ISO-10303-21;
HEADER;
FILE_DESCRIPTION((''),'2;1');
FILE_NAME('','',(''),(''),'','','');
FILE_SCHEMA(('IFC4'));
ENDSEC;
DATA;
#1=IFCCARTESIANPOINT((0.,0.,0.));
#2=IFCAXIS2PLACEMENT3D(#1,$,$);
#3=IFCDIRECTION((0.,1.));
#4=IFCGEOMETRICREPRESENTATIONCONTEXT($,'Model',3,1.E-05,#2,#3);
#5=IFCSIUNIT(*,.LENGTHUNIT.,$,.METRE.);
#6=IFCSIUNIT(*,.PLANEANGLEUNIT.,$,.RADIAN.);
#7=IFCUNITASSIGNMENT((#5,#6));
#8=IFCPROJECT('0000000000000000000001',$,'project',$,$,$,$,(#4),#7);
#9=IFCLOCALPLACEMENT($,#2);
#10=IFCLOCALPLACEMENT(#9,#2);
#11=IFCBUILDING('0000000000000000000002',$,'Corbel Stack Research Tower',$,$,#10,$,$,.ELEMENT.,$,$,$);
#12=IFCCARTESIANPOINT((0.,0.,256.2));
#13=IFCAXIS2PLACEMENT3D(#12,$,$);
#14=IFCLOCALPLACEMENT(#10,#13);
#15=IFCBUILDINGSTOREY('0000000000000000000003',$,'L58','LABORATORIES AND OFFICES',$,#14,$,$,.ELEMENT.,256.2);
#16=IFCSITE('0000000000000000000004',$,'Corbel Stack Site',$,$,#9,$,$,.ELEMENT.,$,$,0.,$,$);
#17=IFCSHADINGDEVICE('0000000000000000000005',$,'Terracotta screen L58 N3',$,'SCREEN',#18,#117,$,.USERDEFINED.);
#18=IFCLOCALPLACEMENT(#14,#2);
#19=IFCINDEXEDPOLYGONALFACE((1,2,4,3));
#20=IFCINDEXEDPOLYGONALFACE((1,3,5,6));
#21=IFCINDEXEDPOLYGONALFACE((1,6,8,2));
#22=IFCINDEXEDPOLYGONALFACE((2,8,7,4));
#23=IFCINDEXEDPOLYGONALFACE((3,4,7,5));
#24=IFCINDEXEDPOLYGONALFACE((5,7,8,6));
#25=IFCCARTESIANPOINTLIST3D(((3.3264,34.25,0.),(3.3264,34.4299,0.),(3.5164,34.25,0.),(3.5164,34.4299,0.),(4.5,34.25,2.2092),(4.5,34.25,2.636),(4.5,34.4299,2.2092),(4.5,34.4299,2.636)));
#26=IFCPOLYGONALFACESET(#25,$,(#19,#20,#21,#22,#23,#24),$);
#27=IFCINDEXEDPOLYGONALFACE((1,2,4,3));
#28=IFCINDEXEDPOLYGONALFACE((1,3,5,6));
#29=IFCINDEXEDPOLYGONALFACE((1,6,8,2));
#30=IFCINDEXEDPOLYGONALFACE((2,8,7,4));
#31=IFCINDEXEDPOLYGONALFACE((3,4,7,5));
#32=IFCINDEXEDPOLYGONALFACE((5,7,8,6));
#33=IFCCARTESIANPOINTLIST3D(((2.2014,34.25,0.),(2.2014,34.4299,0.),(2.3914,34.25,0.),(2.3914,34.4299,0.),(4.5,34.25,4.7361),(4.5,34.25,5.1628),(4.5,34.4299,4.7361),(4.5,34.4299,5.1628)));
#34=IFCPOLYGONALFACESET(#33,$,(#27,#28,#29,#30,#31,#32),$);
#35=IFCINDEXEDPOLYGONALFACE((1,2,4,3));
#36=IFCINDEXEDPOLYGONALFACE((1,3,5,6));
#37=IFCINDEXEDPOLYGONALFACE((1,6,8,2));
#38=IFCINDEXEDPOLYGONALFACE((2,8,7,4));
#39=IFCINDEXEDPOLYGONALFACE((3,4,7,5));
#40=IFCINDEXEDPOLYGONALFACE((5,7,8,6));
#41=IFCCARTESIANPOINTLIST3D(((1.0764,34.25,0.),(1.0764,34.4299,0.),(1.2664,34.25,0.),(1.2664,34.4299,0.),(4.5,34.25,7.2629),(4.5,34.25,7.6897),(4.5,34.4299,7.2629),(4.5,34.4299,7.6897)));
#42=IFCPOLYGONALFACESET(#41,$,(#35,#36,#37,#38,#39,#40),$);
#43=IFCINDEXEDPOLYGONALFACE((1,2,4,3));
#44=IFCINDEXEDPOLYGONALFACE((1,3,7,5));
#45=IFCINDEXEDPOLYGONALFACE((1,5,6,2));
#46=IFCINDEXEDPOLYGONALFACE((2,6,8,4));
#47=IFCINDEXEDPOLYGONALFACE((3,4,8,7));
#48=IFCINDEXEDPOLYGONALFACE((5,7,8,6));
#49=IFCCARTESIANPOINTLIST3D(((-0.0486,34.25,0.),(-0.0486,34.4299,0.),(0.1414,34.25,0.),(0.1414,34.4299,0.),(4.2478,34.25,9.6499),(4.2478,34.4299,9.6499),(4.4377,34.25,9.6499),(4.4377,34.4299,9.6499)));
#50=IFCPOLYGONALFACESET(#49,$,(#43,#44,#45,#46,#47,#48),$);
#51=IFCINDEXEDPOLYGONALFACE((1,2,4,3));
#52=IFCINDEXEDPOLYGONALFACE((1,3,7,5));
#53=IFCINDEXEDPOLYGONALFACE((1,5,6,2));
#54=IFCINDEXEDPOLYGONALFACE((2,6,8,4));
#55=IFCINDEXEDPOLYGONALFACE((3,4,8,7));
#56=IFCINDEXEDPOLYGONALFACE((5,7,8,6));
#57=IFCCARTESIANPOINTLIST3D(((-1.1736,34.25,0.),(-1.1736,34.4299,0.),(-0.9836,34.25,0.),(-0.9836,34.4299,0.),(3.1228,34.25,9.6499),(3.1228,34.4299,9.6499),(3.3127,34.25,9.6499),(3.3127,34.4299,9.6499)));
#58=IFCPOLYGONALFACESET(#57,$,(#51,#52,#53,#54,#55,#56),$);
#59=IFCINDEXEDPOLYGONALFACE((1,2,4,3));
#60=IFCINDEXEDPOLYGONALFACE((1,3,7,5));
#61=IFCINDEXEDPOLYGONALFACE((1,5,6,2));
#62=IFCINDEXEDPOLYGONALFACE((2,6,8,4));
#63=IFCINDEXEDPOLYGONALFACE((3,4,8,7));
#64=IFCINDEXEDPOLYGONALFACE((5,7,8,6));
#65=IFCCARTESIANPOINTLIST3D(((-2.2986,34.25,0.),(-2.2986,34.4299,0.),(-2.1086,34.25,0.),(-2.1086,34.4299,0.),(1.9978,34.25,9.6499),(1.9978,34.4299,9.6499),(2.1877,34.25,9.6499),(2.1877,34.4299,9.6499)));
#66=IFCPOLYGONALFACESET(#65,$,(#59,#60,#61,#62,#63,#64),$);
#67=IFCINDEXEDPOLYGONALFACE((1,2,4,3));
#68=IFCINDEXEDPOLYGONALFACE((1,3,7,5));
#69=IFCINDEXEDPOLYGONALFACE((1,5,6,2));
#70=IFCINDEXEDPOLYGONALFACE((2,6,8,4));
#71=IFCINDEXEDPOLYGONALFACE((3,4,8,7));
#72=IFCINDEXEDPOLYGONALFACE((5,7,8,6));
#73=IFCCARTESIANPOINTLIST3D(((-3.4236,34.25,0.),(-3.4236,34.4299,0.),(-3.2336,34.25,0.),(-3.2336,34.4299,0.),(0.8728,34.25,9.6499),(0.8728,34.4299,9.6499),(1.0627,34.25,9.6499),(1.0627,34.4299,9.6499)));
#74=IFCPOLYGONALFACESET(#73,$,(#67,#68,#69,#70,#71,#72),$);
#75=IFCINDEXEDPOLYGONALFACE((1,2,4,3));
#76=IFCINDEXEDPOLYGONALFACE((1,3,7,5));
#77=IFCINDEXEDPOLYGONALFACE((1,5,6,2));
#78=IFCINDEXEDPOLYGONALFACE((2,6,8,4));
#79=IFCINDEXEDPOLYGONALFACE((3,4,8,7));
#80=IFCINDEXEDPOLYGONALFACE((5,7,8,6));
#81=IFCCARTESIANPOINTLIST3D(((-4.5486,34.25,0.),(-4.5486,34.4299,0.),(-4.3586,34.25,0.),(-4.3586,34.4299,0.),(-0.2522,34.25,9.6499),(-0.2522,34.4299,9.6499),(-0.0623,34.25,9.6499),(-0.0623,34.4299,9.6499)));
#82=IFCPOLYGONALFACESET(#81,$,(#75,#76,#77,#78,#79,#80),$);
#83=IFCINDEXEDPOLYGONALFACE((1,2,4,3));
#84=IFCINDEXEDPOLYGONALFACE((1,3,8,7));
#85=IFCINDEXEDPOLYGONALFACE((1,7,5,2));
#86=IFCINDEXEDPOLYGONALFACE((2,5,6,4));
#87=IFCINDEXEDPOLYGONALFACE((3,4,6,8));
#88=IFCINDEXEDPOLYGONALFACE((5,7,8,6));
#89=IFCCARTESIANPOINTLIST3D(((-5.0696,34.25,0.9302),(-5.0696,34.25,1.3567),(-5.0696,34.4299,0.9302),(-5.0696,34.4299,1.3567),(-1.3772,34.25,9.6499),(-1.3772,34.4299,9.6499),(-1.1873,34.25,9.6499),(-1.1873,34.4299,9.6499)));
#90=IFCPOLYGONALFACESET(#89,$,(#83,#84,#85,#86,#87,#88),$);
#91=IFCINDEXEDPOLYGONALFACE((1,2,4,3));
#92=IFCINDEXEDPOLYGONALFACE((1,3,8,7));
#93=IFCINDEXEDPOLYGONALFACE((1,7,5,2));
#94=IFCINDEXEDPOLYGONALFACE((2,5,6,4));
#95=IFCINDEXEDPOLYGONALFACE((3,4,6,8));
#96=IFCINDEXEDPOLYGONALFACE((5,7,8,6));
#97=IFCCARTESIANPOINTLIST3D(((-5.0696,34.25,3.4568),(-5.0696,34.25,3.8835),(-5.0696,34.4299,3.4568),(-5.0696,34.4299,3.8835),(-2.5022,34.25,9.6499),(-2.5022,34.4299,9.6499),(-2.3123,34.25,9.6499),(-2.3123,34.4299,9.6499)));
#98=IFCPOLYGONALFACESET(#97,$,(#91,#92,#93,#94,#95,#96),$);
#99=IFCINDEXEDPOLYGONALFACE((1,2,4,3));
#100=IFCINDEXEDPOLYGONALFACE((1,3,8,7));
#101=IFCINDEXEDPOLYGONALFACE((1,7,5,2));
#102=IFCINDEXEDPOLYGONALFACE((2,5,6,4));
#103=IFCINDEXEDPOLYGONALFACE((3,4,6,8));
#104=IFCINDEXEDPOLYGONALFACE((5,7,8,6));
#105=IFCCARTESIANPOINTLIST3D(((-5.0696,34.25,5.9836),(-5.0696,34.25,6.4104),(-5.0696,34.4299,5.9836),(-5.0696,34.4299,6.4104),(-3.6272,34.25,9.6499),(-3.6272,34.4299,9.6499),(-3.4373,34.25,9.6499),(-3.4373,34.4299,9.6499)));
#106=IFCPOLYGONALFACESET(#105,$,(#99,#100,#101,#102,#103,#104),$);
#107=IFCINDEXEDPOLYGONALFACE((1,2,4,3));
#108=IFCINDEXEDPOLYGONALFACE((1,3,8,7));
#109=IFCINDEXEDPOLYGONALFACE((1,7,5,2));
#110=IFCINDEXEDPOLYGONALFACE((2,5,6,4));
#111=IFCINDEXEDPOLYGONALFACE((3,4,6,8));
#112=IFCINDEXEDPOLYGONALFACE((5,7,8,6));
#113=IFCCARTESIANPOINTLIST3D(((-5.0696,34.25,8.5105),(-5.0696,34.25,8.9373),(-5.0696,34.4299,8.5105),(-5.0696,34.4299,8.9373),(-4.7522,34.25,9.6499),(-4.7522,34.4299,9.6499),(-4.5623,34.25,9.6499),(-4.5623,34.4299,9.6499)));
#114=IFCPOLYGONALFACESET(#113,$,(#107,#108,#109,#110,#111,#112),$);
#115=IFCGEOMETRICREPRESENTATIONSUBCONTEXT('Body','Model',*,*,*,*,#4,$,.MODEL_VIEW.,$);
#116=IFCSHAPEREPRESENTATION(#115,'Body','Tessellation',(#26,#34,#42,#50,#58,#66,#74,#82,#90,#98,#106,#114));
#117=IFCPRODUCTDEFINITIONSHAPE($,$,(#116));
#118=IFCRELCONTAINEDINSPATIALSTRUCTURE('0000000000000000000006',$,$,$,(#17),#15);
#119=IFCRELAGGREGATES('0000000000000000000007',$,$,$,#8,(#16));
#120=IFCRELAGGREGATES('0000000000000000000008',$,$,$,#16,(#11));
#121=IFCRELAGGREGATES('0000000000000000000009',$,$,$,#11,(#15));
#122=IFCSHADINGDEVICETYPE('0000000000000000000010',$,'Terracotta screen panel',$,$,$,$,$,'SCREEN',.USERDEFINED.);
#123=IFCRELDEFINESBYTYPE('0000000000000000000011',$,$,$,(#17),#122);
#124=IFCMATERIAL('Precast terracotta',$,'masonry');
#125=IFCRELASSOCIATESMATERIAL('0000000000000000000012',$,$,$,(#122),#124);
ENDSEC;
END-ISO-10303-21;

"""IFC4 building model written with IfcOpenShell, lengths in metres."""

from ifc_helpers import new_model, si_unit, direction, frame, origin, place, context, subcontext, project, spatial, polyline, outline, extrude, source, transform, mapped, material, type_object, element, save


model = new_model("IFC4")

# Units and contexts
model_context = context("Model", 3, precision=1e-05, world=origin(), true_north=direction((0.0, 1.0)))
body_context = subcontext(model_context, "Body", "Model", "MODEL_VIEW")
ifc_project = project(units=[si_unit("LENGTHUNIT", "METRE"), si_unit("PLANEANGLEUNIT", "RADIAN")], contexts=[model_context])

# Site, building, storey
site_placement = place(None, origin())
site = spatial("IfcSite", under=ifc_project, at=site_placement, Name="Corbel Stack Site", CompositionType="ELEMENT", RefElevation=0.0)
building_placement = place(site_placement, origin())
building = spatial("IfcBuilding", under=site, at=building_placement, Name="Corbel Stack Research Tower", CompositionType="ELEMENT")
storey_placement = place(building_placement, frame((0.0, 0.0, 256.2)))
storey = spatial("IfcBuildingStorey", under=building, at=storey_placement, Name="L58", Description="LABORATORIES AND OFFICES", CompositionType="ELEMENT", Elevation=256.2)

# Shading device
ifc_material_1 = material(Name="Precast terracotta", Category="masonry")
shading_device_type = type_object("IfcShadingDeviceType", Name="Terracotta screen panel", ElementType="SCREEN", PredefinedType="USERDEFINED", material=ifc_material_1)
shared_shape_1 = source(origin(), body_context, "Body", "SweptSolid", [
    extrude(outline(polyline([(1.1736, 0.0), (0.0, 2.636), (0.0, 2.2092), (0.9836, 0.0), (1.1736, 0.0)])), frame((0.0, 0.0, 0.0), z_axis=(0.0, -1.0, 0.0), x_axis=(1.0, 0.0, 0.0)), (0.0, 0.0, 1.0), 0.1799),
    extrude(outline(polyline([(2.2986, 0.0), (0.0, 5.1628), (0.0, 4.7361), (2.1086, 0.0), (2.2986, 0.0)])), frame((0.0, 0.0, 0.0), z_axis=(0.0, -1.0, 0.0), x_axis=(1.0, 0.0, 0.0)), (0.0, 0.0, 1.0), 0.1799),
    extrude(outline(polyline([(3.4236, 0.0), (0.0, 7.6897), (0.0, 7.2629), (3.2336, 0.0), (3.4236, 0.0)])), frame((0.0, 0.0, 0.0), z_axis=(0.0, -1.0, 0.0), x_axis=(1.0, 0.0, 0.0)), (0.0, 0.0, 1.0), 0.1799),
    extrude(outline(polyline([(4.5486, 0.0), (0.2522, 9.6499), (0.0623, 9.6499), (4.3586, 0.0), (4.5486, 0.0)])), frame((0.0, 0.0, 0.0), z_axis=(0.0, -1.0, 0.0), x_axis=(1.0, 0.0, 0.0)), (0.0, 0.0, 1.0), 0.1799),
    extrude(outline(polyline([(5.6736, 0.0), (1.3772, 9.6499), (1.1873, 9.6499), (5.4836, 0.0), (5.6736, 0.0)])), frame((0.0, 0.0, 0.0), z_axis=(0.0, -1.0, 0.0), x_axis=(1.0, 0.0, 0.0)), (0.0, 0.0, 1.0), 0.1799),
    extrude(outline(polyline([(6.7986, 0.0), (2.5022, 9.6499), (2.3123, 9.6499), (6.6086, 0.0), (6.7986, 0.0)])), frame((0.0, 0.0, 0.0), z_axis=(0.0, -1.0, 0.0), x_axis=(1.0, 0.0, 0.0)), (0.0, 0.0, 1.0), 0.1799),
    extrude(outline(polyline([(7.9236, 0.0), (3.6272, 9.6499), (3.4373, 9.6499), (7.7336, 0.0), (7.9236, 0.0)])), frame((0.0, 0.0, 0.0), z_axis=(0.0, -1.0, 0.0), x_axis=(1.0, 0.0, 0.0)), (0.0, 0.0, 1.0), 0.1799),
    extrude(outline(polyline([(9.0486, 0.0), (4.7522, 9.6499), (4.5623, 9.6499), (8.8586, 0.0), (9.0486, 0.0)])), frame((0.0, 0.0, 0.0), z_axis=(0.0, -1.0, 0.0), x_axis=(1.0, 0.0, 0.0)), (0.0, 0.0, 1.0), 0.1799),
    extrude(outline(polyline([(5.8772, 9.6499), (5.6873, 9.6499), (9.5696, 0.9302), (9.5696, 1.3567), (5.8772, 9.6499)])), frame((0.0, 0.0, 0.0), z_axis=(0.0, -1.0, 0.0), x_axis=(1.0, 0.0, 0.0)), (0.0, 0.0, 1.0), 0.1799),
    extrude(outline(polyline([(7.0022, 9.6499), (6.8123, 9.6499), (9.5696, 3.4568), (9.5696, 3.8835), (7.0022, 9.6499)])), frame((0.0, 0.0, 0.0), z_axis=(0.0, -1.0, 0.0), x_axis=(1.0, 0.0, 0.0)), (0.0, 0.0, 1.0), 0.1799),
    extrude(outline(polyline([(8.1272, 9.6499), (7.9373, 9.6499), (9.5696, 5.9836), (9.5696, 6.4104), (8.1272, 9.6499)])), frame((0.0, 0.0, 0.0), z_axis=(0.0, -1.0, 0.0), x_axis=(1.0, 0.0, 0.0)), (0.0, 0.0, 1.0), 0.1799),
    extrude(outline(polyline([(9.2522, 9.6499), (9.0623, 9.6499), (9.5696, 8.5105), (9.5696, 8.9373), (9.2522, 9.6499)])), frame((0.0, 0.0, 0.0), z_axis=(0.0, -1.0, 0.0), x_axis=(1.0, 0.0, 0.0)), (0.0, 0.0, 1.0), 0.1799),
])
shading_device_1_placement = place(storey_placement, frame((4.5, 34.25, 0.0), z_axis=(0.0, 0.0, 1.0), x_axis=(-1.0, 0.0, 0.0)))
element("IfcShadingDevice", 1, at=shading_device_1_placement, inside=storey, type_object=shading_device_type, Name="Terracotta screen L58 N3", ObjectType="SCREEN", PredefinedType="USERDEFINED", context=body_context, shape_type="MappedRepresentation", body=[
    mapped(shared_shape_1, transform((0.0, 0.0, 0.0))),
])

save(model, "model.ifc")
